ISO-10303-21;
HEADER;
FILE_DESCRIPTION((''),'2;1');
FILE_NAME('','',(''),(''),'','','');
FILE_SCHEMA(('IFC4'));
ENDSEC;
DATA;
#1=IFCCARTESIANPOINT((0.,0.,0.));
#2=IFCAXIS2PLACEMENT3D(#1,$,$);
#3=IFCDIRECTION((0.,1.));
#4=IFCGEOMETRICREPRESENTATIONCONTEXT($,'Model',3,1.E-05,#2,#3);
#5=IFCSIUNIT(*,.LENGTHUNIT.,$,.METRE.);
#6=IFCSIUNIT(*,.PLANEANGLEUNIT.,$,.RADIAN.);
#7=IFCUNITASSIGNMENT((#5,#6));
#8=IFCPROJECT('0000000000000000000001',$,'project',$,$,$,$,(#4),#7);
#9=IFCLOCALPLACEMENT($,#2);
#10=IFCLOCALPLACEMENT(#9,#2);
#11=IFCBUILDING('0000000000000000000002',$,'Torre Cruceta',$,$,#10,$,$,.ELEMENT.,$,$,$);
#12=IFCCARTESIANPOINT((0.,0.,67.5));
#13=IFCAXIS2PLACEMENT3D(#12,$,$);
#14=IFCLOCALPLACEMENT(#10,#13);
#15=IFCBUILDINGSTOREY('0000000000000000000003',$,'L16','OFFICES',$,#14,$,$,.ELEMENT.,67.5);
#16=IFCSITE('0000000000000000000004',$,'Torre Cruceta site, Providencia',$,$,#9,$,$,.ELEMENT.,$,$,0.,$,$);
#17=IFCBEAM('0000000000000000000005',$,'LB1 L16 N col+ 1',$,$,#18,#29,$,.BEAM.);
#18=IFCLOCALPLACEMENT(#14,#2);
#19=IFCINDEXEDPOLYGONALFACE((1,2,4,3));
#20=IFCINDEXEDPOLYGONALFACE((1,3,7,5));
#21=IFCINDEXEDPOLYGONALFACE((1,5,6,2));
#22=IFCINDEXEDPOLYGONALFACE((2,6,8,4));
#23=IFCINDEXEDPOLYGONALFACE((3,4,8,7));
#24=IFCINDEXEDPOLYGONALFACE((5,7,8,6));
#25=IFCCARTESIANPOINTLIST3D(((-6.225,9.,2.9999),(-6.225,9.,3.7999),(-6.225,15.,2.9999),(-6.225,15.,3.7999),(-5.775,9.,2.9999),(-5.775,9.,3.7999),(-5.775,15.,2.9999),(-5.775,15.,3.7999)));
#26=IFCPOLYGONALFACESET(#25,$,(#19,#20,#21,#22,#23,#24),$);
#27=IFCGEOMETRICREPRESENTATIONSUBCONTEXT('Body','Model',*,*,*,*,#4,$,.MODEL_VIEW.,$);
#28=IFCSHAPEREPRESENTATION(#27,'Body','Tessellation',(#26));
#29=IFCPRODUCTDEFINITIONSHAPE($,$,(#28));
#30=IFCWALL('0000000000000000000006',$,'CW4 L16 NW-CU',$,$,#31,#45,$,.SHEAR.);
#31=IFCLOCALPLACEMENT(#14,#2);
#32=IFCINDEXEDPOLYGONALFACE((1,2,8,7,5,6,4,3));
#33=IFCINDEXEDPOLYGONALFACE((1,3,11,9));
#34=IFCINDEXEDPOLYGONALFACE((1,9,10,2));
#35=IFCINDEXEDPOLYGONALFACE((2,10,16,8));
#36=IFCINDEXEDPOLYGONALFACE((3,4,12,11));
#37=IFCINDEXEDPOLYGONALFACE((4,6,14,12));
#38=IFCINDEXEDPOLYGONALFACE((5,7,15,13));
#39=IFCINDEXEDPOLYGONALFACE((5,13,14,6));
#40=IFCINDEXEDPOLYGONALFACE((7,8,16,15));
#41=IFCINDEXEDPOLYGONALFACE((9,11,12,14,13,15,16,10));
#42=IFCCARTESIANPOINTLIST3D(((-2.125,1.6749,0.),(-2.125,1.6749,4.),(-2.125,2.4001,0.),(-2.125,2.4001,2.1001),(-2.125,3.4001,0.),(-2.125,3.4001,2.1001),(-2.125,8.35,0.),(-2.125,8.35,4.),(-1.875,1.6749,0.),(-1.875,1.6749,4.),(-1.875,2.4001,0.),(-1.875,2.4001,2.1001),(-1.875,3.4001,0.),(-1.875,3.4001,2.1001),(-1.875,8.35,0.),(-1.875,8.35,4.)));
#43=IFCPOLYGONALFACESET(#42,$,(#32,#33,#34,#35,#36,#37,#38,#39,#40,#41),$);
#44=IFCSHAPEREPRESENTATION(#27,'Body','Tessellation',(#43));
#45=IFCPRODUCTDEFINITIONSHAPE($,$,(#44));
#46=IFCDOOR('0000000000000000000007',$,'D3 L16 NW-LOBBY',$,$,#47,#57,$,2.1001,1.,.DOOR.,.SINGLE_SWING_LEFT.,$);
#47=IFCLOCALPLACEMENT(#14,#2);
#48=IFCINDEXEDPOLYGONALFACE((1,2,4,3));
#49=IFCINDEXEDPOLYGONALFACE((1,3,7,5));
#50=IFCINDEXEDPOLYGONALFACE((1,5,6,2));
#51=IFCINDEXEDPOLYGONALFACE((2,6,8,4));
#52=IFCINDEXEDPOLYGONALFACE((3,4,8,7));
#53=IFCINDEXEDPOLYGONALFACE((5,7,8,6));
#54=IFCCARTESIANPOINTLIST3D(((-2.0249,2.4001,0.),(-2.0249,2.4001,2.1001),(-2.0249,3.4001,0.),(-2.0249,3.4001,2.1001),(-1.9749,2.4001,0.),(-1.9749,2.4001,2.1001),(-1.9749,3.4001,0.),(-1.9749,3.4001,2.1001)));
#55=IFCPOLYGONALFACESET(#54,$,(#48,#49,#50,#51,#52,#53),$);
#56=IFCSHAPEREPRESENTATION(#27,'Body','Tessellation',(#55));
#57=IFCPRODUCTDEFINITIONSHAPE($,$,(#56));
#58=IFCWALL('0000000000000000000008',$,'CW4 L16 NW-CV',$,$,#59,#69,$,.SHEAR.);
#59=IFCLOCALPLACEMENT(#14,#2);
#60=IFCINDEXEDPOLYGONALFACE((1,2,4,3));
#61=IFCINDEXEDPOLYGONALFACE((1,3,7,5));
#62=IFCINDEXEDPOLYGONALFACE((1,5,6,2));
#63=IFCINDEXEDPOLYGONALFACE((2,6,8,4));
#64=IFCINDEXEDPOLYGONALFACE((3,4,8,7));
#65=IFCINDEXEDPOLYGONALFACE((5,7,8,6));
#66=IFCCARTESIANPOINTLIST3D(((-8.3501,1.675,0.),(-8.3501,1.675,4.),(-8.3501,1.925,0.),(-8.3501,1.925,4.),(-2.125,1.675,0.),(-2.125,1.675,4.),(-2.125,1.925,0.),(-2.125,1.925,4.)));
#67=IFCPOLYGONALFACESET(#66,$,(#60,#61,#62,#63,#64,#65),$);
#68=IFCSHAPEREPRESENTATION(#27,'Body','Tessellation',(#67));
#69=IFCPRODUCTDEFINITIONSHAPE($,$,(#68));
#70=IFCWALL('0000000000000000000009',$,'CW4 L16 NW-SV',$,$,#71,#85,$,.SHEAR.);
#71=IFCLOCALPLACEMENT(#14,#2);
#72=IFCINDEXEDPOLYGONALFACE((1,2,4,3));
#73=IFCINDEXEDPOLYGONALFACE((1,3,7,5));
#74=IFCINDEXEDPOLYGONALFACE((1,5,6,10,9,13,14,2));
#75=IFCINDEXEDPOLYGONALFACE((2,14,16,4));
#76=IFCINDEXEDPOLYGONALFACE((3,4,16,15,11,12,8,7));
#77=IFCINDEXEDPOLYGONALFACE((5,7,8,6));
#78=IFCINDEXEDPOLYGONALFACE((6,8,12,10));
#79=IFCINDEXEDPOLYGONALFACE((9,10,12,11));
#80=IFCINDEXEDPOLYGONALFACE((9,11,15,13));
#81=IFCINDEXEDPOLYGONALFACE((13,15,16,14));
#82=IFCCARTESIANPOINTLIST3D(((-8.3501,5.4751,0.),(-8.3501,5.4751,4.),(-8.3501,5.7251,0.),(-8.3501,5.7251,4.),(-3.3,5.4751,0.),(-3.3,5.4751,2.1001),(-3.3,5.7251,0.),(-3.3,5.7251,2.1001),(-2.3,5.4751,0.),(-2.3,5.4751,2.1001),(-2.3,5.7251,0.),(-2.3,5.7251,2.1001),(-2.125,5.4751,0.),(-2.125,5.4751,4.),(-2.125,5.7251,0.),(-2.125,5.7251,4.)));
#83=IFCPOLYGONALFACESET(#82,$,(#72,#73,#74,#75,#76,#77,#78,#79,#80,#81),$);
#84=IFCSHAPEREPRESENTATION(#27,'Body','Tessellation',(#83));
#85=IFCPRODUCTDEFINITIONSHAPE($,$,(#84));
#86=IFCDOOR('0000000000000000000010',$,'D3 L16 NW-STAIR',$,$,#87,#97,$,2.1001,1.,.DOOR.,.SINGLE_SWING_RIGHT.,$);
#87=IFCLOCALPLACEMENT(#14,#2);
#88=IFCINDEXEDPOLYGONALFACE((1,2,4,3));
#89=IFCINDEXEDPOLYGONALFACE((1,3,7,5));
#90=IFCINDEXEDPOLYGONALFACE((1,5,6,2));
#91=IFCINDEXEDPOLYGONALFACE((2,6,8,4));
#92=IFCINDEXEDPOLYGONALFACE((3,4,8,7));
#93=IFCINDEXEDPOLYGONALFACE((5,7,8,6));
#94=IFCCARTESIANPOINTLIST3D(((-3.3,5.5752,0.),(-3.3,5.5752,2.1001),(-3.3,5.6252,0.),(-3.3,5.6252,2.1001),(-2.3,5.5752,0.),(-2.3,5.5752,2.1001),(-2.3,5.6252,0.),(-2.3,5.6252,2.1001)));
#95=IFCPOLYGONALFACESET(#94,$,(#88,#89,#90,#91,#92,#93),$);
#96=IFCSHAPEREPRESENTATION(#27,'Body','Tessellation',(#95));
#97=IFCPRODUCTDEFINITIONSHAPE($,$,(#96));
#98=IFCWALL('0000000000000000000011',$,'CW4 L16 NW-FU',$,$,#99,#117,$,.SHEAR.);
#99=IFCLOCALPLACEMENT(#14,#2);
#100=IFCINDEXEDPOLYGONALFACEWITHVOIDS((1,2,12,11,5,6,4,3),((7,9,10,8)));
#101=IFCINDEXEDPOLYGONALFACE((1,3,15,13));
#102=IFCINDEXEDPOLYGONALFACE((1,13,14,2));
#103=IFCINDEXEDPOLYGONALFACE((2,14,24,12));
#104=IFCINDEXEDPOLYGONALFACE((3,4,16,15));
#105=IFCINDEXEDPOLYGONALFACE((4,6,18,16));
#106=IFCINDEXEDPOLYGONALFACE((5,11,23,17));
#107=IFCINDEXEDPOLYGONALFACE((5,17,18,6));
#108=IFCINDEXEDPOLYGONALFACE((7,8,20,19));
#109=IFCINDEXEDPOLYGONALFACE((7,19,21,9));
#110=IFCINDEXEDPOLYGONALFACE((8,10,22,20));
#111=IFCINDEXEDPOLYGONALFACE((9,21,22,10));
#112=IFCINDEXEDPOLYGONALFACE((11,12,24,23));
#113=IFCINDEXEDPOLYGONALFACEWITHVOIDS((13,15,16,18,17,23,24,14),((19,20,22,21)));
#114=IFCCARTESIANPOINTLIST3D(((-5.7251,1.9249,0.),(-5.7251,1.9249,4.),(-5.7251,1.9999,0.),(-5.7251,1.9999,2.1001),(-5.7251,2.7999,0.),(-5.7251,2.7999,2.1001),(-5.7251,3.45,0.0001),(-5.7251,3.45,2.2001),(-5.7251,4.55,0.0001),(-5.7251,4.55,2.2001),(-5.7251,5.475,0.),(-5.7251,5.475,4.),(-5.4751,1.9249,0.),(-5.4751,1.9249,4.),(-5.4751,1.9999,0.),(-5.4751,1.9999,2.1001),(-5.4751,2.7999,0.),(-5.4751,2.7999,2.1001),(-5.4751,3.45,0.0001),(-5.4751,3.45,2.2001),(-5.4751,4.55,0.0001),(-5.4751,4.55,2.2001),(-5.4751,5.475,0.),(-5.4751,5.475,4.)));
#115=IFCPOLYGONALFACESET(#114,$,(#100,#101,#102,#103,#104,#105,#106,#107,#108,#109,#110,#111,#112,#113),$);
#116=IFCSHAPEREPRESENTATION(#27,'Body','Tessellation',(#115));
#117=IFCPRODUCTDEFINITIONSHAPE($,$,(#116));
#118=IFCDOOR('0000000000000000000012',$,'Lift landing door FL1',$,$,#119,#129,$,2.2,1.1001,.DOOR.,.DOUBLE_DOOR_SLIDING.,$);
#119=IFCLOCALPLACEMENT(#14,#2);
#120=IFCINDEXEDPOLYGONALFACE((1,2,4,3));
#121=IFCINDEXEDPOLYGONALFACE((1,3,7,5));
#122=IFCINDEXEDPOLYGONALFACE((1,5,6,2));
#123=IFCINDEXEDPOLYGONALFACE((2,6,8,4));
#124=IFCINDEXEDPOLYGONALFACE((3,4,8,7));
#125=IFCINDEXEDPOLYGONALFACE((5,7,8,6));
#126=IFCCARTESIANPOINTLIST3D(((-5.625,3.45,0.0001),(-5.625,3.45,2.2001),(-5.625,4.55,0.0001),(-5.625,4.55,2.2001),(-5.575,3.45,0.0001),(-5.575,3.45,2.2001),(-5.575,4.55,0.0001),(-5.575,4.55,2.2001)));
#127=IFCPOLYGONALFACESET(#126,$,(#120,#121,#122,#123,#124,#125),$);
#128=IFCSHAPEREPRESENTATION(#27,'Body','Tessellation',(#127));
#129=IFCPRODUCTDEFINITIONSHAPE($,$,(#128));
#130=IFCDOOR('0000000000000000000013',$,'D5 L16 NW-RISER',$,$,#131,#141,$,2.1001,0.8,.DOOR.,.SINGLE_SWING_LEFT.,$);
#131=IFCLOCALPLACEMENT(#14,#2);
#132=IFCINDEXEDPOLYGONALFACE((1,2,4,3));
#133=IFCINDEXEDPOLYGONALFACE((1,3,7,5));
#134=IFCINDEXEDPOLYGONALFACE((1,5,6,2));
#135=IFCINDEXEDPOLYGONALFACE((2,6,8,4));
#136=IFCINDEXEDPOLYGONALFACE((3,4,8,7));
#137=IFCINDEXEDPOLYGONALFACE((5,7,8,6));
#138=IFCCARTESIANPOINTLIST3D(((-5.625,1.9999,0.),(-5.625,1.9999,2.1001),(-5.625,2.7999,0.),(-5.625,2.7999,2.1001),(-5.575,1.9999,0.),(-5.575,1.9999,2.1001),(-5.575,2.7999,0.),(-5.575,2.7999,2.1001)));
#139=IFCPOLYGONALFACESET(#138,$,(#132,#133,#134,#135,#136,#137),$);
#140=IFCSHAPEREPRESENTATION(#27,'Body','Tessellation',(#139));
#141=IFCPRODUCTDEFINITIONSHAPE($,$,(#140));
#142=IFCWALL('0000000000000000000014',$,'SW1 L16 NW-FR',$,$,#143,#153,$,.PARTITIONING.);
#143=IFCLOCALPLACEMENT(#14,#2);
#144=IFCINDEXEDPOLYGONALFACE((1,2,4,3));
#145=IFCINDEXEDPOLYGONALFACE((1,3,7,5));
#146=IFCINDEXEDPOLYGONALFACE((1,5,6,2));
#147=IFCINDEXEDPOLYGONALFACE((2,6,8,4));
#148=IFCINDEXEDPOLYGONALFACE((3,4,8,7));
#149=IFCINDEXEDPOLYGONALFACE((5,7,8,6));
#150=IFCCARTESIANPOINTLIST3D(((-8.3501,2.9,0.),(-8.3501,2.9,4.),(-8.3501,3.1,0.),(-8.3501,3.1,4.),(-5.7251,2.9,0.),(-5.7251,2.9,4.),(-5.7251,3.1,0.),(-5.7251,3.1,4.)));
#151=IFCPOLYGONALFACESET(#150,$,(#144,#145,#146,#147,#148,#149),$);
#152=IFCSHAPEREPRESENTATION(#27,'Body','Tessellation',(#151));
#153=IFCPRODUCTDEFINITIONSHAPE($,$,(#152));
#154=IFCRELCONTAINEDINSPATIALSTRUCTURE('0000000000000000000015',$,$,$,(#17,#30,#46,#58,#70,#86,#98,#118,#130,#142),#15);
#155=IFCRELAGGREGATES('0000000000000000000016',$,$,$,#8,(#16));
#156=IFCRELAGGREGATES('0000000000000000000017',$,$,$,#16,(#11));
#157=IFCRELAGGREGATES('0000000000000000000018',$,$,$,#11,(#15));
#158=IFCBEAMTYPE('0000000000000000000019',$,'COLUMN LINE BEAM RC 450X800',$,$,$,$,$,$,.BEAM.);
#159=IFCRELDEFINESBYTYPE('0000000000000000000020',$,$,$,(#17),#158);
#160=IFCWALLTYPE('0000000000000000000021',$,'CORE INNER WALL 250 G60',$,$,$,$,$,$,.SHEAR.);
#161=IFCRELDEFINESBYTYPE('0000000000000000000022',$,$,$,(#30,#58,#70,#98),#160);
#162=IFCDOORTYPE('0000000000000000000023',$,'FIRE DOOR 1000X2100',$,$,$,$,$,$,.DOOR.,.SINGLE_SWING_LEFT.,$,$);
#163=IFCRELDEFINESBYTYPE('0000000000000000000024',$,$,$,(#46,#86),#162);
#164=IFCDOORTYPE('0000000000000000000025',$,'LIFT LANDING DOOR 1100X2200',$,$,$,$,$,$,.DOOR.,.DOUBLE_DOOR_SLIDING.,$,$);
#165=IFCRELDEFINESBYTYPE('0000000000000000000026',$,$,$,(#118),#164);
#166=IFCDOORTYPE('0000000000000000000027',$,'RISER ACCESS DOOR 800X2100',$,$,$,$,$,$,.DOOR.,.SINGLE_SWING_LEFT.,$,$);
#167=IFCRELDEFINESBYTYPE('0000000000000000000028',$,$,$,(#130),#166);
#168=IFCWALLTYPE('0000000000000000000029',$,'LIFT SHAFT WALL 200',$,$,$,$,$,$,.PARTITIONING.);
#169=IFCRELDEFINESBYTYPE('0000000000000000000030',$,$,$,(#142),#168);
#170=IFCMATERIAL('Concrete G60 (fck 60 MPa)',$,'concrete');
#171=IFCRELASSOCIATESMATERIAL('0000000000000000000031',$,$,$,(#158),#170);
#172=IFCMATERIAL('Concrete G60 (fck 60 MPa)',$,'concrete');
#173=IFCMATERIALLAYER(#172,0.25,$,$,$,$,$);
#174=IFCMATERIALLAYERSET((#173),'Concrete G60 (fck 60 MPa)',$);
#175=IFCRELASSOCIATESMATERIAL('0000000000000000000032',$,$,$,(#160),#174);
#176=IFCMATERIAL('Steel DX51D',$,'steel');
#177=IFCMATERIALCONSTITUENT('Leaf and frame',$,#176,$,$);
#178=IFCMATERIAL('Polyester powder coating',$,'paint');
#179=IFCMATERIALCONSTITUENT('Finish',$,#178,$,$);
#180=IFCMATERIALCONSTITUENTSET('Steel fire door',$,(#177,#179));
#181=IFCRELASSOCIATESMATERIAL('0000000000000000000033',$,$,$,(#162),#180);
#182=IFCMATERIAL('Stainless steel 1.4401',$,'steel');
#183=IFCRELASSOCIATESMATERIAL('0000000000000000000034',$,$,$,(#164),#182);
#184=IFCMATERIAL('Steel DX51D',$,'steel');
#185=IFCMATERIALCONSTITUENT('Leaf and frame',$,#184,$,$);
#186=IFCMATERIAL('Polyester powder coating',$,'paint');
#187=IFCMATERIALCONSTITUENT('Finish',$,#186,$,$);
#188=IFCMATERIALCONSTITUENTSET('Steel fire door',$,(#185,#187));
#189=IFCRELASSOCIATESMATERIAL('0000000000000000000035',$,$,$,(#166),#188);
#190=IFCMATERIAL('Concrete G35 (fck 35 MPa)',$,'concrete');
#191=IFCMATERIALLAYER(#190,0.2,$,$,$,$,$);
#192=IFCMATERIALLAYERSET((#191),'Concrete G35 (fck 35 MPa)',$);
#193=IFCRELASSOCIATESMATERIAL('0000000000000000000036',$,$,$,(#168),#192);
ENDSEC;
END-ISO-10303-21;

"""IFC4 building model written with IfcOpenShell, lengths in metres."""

from ifc_helpers import new_model, si_unit, direction, frame, frame_2d, origin, origin_2d, place, context, subcontext, project, spatial, rectangle, extrude, material, layer, layer_set, constituent, constituent_set, material_profile, profile_set, type_object, element, fill, save


model = new_model("IFC4")

# Units and contexts
model_context = context("Model", 3, precision=1e-05, world=origin(), true_north=direction((0.0, 1.0)))
body_context = subcontext(model_context, "Body", "Model", "MODEL_VIEW")
ifc_project = project(units=[si_unit("LENGTHUNIT", "METRE"), si_unit("PLANEANGLEUNIT", "RADIAN")], contexts=[model_context])

# Site, building, storey
site_placement = place(None, origin())
site = spatial("IfcSite", under=ifc_project, at=site_placement, Name="Torre Cruceta site, Providencia", CompositionType="ELEMENT", RefElevation=0.0)
building_placement = place(site_placement, origin())
building = spatial("IfcBuilding", under=site, at=building_placement, Name="Torre Cruceta", CompositionType="ELEMENT")
storey_placement = place(building_placement, frame((0.0, 0.0, 67.5)))
storey = spatial("IfcBuildingStorey", under=building, at=storey_placement, Name="L16", Description="OFFICES", CompositionType="ELEMENT", Elevation=67.5)

# Beam
ifc_material_1 = material(Name="Concrete G60 (fck 60 MPa)", Category="concrete")
ifc_material_profile = material_profile(ifc_material_1, rectangle(XDim=0.45, YDim=0.8, at=origin_2d()), Name="RC 450X800")
ifc_profile_set = profile_set([ifc_material_profile], Name="Concrete G60 (fck 60 MPa)")
beam_type = type_object("IfcBeamType", Name="COLUMN LINE BEAM RC 450X800", PredefinedType="BEAM", material=ifc_profile_set)
beam_placement = place(storey_placement, frame((-6.0, 9.0, 3.3999), z_axis=(0.0, 1.0, 0.0), x_axis=(-1.0, 0.0, 0.0)))
element("IfcBeam", 1, at=beam_placement, inside=storey, type_object=beam_type, Name="LB1 L16 N col+ 1", PredefinedType="BEAM", context=body_context, shape_type="SweptSolid", body=[
    extrude(rectangle(XDim=0.45, YDim=0.8, at=origin_2d()), origin(), (0.0, 0.0, 1.0), 6.0),
])

# Wall, opening, door
ifc_material_2 = material(Name="Concrete G60 (fck 60 MPa)", Category="concrete")
ifc_layer_1 = layer(ifc_material_2, 0.25)
ifc_layer_set_1 = layer_set([ifc_layer_1], Name="Concrete G60 (fck 60 MPa)")
wall_type_1 = type_object("IfcWallType", Name="CORE INNER WALL 250 G60", PredefinedType="SHEAR", material=ifc_layer_set_1)
wall_1_placement = place(storey_placement, frame((-2.0, 1.675, 0.0), z_axis=(0.0, 0.0, 1.0), x_axis=(0.0, 1.0, 0.0)))
wall_1 = element("IfcWall", 2, at=wall_1_placement, inside=storey, type_object=wall_type_1, Name="CW4 L16 NW-CU", PredefinedType="SHEAR", context=body_context, shape_type="SweptSolid", body=[
    extrude(rectangle(XDim=6.675, YDim=0.25, at=frame_2d((3.3374, 0.0))), origin(), (0.0, 0.0, 1.0), 4.0),
])
opening_1_placement = place(wall_1_placement, frame((0.7251, 0.0, 0.0)))
opening_1 = element("IfcOpeningElement", 3, at=opening_1_placement, cuts=wall_1, PredefinedType="OPENING", context=body_context, shape_type="SweptSolid", body=[
    extrude(rectangle(XDim=1.0, YDim=2.1001, at=frame_2d((0.5, 1.05))), frame((0.0, 0.135, 0.0), z_axis=(0.0, -1.0, 0.0), x_axis=(1.0, 0.0, 0.0)), (0.0, 0.0, 1.0), 0.27),
])
ifc_material_3 = material(Name="Steel DX51D", Category="steel")
ifc_constituent_1 = constituent(ifc_material_3, Name="Leaf and frame")
ifc_material_4 = material(Name="Polyester powder coating", Category="paint")
ifc_constituent_2 = constituent(ifc_material_4, Name="Finish")
ifc_constituent_set_1 = constituent_set(constituents=[ifc_constituent_1, ifc_constituent_2], Name="Steel fire door")
door_type_1 = type_object("IfcDoorType", Name="FIRE DOOR 1000X2100", OperationType="SINGLE_SWING_LEFT", PredefinedType="DOOR", material=ifc_constituent_set_1)
door_1_placement = place(opening_1_placement, origin())
door_1 = element("IfcDoor", 4, at=door_1_placement, inside=storey, type_object=door_type_1, Name="D3 L16 NW-LOBBY", OperationType="SINGLE_SWING_LEFT", OverallHeight=2.1001, OverallWidth=1.0, PredefinedType="DOOR", context=body_context, shape_type="SweptSolid", body=[
    extrude(rectangle(XDim=1.0, YDim=2.1001, at=frame_2d((0.5, 1.05))), frame((0.0, 0.0249, 0.0), z_axis=(0.0, -1.0, 0.0), x_axis=(1.0, 0.0, 0.0)), (0.0, 0.0, 1.0), 0.05),
])
fill(opening_1, door_1)

# Wall
wall_2_placement = place(storey_placement, frame((-2.125, 1.8, 0.0), z_axis=(0.0, 0.0, 1.0), x_axis=(-1.0, 0.0, 0.0)))
element("IfcWall", 5, at=wall_2_placement, inside=storey, type_object=wall_type_1, Name="CW4 L16 NW-CV", PredefinedType="SHEAR", context=body_context, shape_type="SweptSolid", body=[
    extrude(rectangle(XDim=6.2251, YDim=0.25, at=frame_2d((3.1125, 0.0))), origin(), (0.0, 0.0, 1.0), 4.0),
])

# Wall, opening, door
wall_3_placement = place(storey_placement, frame((-2.125, 5.6001, 0.0), z_axis=(0.0, 0.0, 1.0), x_axis=(-1.0, 0.0, 0.0)))
wall_3 = element("IfcWall", 6, at=wall_3_placement, inside=storey, type_object=wall_type_1, Name="CW4 L16 NW-SV", PredefinedType="SHEAR", context=body_context, shape_type="SweptSolid", body=[
    extrude(rectangle(XDim=6.2251, YDim=0.25, at=frame_2d((3.1125, 0.0))), origin(), (0.0, 0.0, 1.0), 4.0),
])
opening_2_placement = place(wall_3_placement, frame((0.175, 0.0, 0.0)))
opening_2 = element("IfcOpeningElement", 7, at=opening_2_placement, cuts=wall_3, PredefinedType="OPENING", context=body_context, shape_type="SweptSolid", body=[
    extrude(rectangle(XDim=1.0, YDim=2.1001, at=frame_2d((0.5, 1.05))), frame((0.0, 0.135, 0.0), z_axis=(0.0, -1.0, 0.0), x_axis=(1.0, 0.0, 0.0)), (0.0, 0.0, 1.0), 0.27),
])
door_2_placement = place(opening_2_placement, frame((1.0, 0.0, 0.0), z_axis=(0.0, 0.0, 1.0), x_axis=(-1.0, 0.0, 0.0)))
door_2 = element("IfcDoor", 8, at=door_2_placement, inside=storey, type_object=door_type_1, Name="D3 L16 NW-STAIR", OperationType="SINGLE_SWING_RIGHT", OverallHeight=2.1001, OverallWidth=1.0, PredefinedType="DOOR", context=body_context, shape_type="SweptSolid", body=[
    extrude(rectangle(XDim=1.0, YDim=2.1001, at=frame_2d((0.5, 1.05))), frame((0.0, 0.0251, 0.0), z_axis=(0.0, -1.0, 0.0), x_axis=(1.0, 0.0, 0.0)), (0.0, 0.0, 1.0), 0.05),
])
fill(opening_2, door_2)

# Wall, openings, doors
wall_4_placement = place(storey_placement, frame((-5.6001, 1.925, 0.0), z_axis=(0.0, 0.0, 1.0), x_axis=(0.0, 1.0, 0.0)))
wall_4 = element("IfcWall", 9, at=wall_4_placement, inside=storey, type_object=wall_type_1, Name="CW4 L16 NW-FU", PredefinedType="SHEAR", context=body_context, shape_type="SweptSolid", body=[
    extrude(rectangle(XDim=3.55, YDim=0.25, at=frame_2d((1.7749, 0.0))), origin(), (0.0, 0.0, 1.0), 4.0),
])
opening_3_placement = place(wall_4_placement, frame((1.5249, 0.0, 0.0)))
opening_3 = element("IfcOpeningElement", 10, at=opening_3_placement, cuts=wall_4, PredefinedType="OPENING", context=body_context, shape_type="SweptSolid", body=[
    extrude(rectangle(XDim=1.1001, YDim=2.2, at=frame_2d((0.55, 1.1001))), frame((0.0, 0.135, 0.0), z_axis=(0.0, -1.0, 0.0), x_axis=(1.0, 0.0, 0.0)), (0.0, 0.0, 1.0), 0.27),
])
opening_4_placement = place(wall_4_placement, frame((0.075, 0.0, 0.0)))
opening_4 = element("IfcOpeningElement", 11, at=opening_4_placement, cuts=wall_4, PredefinedType="OPENING", context=body_context, shape_type="SweptSolid", body=[
    extrude(rectangle(XDim=0.8, YDim=2.1001, at=frame_2d((0.3999, 1.05))), frame((0.0, 0.135, 0.0), z_axis=(0.0, -1.0, 0.0), x_axis=(1.0, 0.0, 0.0)), (0.0, 0.0, 1.0), 0.27),
])
ifc_material_5 = material(Name="Stainless steel 1.4401", Category="steel")
door_type_2 = type_object("IfcDoorType", Name="LIFT LANDING DOOR 1100X2200", OperationType="DOUBLE_DOOR_SLIDING", PredefinedType="DOOR", material=ifc_material_5)
door_3_placement = place(opening_3_placement, origin())
door_3 = element("IfcDoor", 12, at=door_3_placement, inside=storey, type_object=door_type_2, Name="Lift landing door FL1", OperationType="DOUBLE_DOOR_SLIDING", OverallHeight=2.2, OverallWidth=1.1001, PredefinedType="DOOR", context=body_context, shape_type="SweptSolid", body=[
    extrude(rectangle(XDim=1.1001, YDim=2.2, at=frame_2d((0.55, 1.1001))), frame((0.0, 0.0249, 0.0), z_axis=(0.0, -1.0, 0.0), x_axis=(1.0, 0.0, 0.0)), (0.0, 0.0, 1.0), 0.05),
])
fill(opening_3, door_3)
ifc_material_6 = material(Name="Steel DX51D", Category="steel")
ifc_constituent_3 = constituent(ifc_material_6, Name="Leaf and frame")
ifc_material_7 = material(Name="Polyester powder coating", Category="paint")
ifc_constituent_4 = constituent(ifc_material_7, Name="Finish")
ifc_constituent_set_2 = constituent_set(constituents=[ifc_constituent_3, ifc_constituent_4], Name="Steel fire door")
door_type_3 = type_object("IfcDoorType", Name="RISER ACCESS DOOR 800X2100", OperationType="SINGLE_SWING_LEFT", PredefinedType="DOOR", material=ifc_constituent_set_2)
door_4_placement = place(opening_4_placement, origin())
door_4 = element("IfcDoor", 13, at=door_4_placement, inside=storey, type_object=door_type_3, Name="D5 L16 NW-RISER", OperationType="SINGLE_SWING_LEFT", OverallHeight=2.1001, OverallWidth=0.8, PredefinedType="DOOR", context=body_context, shape_type="SweptSolid", body=[
    extrude(rectangle(XDim=0.8, YDim=2.1001, at=frame_2d((0.3999, 1.05))), frame((0.0, 0.0249, 0.0), z_axis=(0.0, -1.0, 0.0), x_axis=(1.0, 0.0, 0.0)), (0.0, 0.0, 1.0), 0.05),
])
fill(opening_4, door_4)

# Wall
ifc_material_8 = material(Name="Concrete G35 (fck 35 MPa)", Category="concrete")
ifc_layer_2 = layer(ifc_material_8, 0.2)
ifc_layer_set_2 = layer_set([ifc_layer_2], Name="Concrete G35 (fck 35 MPa)")
wall_type_2 = type_object("IfcWallType", Name="LIFT SHAFT WALL 200", PredefinedType="PARTITIONING", material=ifc_layer_set_2)
wall_5_placement = place(storey_placement, frame((-5.7251, 3.0, 0.0), z_axis=(0.0, 0.0, 1.0), x_axis=(-1.0, 0.0, 0.0)))
element("IfcWall", 14, at=wall_5_placement, inside=storey, type_object=wall_type_2, Name="SW1 L16 NW-FR", PredefinedType="PARTITIONING", context=body_context, shape_type="SweptSolid", body=[
    extrude(rectangle(XDim=2.625, YDim=0.2, at=frame_2d((1.3125, 0.0))), origin(), (0.0, 0.0, 1.0), 4.0),
])

save(model, "model.ifc")
